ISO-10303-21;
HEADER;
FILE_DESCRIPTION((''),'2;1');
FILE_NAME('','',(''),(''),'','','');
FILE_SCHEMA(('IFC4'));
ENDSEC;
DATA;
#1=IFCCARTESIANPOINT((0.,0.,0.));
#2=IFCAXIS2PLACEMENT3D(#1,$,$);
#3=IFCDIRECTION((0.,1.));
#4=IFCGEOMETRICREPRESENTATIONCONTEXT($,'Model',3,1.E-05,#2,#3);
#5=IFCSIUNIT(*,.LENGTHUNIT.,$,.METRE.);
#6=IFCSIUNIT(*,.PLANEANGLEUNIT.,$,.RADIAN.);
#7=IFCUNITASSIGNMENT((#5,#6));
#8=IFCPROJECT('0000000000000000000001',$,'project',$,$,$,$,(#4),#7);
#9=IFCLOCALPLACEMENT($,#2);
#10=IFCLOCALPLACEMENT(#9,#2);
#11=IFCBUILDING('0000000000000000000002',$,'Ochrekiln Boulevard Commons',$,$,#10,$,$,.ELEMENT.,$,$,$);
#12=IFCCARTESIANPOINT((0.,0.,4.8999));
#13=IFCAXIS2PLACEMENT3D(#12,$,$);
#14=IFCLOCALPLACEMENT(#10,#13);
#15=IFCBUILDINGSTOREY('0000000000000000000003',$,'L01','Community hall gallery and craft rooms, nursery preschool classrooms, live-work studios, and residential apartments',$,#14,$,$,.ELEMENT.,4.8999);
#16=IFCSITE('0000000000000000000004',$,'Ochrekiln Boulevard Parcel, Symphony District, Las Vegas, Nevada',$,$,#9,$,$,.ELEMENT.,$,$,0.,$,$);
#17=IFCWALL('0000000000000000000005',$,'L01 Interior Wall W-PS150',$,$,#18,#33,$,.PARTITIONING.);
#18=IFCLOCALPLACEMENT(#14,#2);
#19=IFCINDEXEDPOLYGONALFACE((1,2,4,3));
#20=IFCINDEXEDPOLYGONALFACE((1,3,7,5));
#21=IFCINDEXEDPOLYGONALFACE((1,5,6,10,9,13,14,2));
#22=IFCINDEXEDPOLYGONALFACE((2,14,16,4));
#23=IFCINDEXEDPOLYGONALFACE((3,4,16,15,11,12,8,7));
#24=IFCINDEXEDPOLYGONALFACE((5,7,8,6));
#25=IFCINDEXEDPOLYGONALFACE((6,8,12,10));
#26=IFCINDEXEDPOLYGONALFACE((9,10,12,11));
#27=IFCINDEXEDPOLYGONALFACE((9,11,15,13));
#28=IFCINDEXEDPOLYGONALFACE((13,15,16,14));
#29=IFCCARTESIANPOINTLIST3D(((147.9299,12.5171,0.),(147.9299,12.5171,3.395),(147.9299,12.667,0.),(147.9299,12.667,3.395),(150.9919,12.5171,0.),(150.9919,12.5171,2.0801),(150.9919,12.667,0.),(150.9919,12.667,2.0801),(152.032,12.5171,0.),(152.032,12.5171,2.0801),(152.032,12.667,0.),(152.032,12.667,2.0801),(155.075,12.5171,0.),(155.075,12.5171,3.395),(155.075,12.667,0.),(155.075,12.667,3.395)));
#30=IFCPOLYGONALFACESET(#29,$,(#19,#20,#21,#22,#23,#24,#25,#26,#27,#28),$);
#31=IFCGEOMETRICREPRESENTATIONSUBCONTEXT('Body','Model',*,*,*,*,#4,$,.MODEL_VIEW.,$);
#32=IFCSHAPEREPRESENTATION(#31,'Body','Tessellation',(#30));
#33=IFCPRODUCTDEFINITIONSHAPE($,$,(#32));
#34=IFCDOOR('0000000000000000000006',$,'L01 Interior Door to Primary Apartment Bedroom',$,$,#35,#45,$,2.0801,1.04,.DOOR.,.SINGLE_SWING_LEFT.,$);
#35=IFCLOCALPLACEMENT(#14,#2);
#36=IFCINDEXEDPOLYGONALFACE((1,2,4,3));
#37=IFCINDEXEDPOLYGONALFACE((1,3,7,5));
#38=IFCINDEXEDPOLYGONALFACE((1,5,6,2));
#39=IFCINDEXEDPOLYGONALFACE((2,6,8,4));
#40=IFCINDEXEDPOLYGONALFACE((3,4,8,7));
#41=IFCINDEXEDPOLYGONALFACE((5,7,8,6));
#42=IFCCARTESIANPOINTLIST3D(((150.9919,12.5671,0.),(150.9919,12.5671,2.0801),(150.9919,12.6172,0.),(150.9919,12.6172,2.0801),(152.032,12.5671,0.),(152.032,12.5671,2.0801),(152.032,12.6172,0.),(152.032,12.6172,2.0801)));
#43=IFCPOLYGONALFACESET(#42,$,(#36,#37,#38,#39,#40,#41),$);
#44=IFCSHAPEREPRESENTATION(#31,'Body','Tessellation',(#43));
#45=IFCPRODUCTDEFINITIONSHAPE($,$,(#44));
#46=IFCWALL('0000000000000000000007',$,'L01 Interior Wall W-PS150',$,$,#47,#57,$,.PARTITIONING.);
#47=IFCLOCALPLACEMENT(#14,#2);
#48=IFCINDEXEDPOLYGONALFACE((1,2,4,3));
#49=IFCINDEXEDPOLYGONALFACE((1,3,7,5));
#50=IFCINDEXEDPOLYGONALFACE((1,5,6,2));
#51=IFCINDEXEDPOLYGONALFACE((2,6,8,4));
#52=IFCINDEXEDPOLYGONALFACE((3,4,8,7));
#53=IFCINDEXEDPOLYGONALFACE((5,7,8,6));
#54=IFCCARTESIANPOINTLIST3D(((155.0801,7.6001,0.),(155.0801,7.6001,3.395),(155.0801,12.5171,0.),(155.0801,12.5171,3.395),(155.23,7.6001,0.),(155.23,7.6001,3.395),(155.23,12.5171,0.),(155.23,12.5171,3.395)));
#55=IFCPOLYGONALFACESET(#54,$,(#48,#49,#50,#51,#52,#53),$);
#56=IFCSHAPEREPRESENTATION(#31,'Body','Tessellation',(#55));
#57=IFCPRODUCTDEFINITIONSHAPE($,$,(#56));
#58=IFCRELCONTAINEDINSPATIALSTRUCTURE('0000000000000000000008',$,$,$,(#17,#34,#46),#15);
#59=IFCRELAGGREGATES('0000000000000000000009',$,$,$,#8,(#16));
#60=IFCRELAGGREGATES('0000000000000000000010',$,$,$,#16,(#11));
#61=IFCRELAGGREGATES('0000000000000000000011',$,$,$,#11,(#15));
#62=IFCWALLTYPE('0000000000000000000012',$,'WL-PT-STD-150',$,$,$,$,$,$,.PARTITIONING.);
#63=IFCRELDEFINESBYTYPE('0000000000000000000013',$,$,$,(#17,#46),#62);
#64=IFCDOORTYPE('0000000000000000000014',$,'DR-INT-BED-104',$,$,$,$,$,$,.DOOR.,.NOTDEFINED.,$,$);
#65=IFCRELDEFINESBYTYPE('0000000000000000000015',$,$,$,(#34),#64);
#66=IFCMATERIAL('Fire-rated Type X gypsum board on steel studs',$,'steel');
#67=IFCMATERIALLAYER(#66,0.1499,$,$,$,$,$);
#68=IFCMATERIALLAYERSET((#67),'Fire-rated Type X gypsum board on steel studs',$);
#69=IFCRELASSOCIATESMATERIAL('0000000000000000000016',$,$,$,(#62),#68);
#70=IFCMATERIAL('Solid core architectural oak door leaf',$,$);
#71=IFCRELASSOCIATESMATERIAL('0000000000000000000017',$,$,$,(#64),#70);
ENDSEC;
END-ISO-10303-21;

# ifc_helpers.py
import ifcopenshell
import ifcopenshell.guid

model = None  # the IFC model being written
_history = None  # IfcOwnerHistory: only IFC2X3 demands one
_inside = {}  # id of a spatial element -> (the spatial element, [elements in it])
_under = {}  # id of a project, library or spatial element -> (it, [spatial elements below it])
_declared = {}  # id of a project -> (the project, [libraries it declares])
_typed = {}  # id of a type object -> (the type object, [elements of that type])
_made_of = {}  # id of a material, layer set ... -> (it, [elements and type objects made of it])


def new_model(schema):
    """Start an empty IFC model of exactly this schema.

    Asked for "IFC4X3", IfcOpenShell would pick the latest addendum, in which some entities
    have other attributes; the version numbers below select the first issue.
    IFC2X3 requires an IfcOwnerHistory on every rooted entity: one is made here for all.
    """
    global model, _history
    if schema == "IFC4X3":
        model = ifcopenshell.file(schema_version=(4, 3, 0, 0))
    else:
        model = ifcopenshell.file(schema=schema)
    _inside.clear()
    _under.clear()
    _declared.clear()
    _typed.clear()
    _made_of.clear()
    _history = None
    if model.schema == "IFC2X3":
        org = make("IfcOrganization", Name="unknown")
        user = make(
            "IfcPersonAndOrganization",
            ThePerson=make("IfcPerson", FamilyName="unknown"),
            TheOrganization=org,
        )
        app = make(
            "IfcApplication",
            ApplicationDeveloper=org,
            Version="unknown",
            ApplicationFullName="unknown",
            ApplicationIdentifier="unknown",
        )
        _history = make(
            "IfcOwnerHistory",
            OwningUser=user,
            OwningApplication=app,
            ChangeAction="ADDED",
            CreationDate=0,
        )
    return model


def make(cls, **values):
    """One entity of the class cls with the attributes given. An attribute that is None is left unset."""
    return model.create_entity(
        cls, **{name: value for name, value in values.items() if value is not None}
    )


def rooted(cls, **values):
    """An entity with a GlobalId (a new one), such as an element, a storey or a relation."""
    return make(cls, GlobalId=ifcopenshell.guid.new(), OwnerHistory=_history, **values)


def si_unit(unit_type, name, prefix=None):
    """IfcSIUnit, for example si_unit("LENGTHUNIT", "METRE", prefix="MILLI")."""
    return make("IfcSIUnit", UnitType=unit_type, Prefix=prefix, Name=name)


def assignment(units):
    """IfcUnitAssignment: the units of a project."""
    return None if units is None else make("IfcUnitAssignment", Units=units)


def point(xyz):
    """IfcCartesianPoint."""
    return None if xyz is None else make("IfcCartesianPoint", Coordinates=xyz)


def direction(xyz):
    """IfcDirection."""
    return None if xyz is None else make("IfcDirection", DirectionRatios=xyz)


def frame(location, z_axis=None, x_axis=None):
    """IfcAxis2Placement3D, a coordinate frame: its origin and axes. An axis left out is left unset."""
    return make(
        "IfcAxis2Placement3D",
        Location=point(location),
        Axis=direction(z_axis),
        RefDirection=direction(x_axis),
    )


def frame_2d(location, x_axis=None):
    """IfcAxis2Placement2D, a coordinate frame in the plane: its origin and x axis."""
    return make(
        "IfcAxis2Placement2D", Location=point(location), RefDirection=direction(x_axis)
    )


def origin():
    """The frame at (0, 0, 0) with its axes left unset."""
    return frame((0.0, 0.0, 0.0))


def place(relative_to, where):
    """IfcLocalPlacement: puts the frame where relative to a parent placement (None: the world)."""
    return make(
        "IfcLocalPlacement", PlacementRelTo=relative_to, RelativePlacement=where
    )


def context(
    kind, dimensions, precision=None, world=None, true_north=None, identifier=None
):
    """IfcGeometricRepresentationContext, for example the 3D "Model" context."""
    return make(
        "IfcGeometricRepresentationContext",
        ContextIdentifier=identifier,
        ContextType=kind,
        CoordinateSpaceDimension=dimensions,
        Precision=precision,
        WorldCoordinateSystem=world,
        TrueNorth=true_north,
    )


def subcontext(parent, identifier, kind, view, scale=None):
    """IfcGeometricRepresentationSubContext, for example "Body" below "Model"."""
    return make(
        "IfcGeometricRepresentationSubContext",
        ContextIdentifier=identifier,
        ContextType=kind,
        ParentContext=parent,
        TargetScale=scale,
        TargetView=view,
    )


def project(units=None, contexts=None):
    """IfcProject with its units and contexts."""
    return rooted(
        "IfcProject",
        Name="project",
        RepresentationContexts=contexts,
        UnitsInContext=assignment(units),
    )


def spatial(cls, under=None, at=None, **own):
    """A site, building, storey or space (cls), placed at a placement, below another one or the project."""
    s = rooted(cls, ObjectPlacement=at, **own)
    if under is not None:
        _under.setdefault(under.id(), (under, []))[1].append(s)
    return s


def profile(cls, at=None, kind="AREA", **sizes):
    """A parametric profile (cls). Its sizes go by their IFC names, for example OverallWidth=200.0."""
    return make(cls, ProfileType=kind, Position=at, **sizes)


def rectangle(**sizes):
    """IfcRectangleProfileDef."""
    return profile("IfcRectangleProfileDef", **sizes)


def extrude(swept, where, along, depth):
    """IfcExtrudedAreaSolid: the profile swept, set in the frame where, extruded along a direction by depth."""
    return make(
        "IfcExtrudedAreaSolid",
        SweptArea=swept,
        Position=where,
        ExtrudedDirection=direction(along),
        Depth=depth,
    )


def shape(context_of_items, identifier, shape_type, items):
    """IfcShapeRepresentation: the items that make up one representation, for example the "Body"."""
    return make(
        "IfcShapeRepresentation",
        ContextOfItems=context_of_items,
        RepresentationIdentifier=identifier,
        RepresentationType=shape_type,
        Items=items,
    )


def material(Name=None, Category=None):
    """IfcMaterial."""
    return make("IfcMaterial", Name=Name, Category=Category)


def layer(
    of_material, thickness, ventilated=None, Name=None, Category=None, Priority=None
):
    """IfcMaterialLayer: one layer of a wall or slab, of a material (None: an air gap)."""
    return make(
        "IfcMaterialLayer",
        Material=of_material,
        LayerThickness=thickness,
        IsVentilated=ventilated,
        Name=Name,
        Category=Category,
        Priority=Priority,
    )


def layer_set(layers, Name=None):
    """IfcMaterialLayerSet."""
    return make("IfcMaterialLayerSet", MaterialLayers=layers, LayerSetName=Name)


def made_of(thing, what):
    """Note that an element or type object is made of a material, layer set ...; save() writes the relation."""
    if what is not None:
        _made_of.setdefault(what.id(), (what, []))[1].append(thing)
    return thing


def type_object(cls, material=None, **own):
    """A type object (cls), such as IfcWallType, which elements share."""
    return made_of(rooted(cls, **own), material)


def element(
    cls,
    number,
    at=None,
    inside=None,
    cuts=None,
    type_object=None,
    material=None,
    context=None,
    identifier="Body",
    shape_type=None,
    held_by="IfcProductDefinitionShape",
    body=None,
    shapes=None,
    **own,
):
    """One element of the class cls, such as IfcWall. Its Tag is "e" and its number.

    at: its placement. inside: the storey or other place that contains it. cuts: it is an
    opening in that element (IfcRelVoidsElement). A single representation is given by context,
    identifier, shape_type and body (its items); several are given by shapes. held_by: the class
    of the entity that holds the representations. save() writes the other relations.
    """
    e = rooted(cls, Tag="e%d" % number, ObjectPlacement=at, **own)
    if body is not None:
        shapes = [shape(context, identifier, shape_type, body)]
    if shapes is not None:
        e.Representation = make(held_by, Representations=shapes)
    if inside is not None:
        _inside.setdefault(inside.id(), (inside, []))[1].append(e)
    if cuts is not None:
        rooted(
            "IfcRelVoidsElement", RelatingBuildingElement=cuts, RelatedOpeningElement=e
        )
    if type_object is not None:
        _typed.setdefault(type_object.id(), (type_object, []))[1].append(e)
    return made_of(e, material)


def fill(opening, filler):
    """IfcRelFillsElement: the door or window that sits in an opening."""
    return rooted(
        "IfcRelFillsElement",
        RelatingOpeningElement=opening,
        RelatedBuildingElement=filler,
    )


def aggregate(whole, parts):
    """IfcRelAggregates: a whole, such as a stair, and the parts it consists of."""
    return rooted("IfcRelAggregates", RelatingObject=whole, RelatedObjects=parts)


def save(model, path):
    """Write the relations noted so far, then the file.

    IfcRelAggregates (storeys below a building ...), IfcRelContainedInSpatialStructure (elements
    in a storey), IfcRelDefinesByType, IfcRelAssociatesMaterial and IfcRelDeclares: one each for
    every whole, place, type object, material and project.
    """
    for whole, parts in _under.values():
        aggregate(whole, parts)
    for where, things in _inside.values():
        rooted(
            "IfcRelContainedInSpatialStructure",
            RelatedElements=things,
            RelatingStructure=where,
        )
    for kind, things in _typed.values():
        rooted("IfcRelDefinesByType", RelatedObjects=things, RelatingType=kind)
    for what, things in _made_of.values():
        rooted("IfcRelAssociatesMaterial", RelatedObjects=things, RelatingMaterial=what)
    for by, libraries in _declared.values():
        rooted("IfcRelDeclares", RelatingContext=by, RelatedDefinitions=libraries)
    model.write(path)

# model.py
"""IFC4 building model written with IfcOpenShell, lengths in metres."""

from ifc_helpers import new_model, si_unit, direction, frame, frame_2d, origin, place, context, subcontext, project, spatial, rectangle, extrude, material, layer, layer_set, type_object, element, fill, save


model = new_model("IFC4")

# Units and contexts
model_context = context("Model", 3, precision=1e-05, world=origin(), true_north=direction((0.0, 1.0)))
body_context = subcontext(model_context, "Body", "Model", "MODEL_VIEW")
ifc_project = project(units=[si_unit("LENGTHUNIT", "METRE"), si_unit("PLANEANGLEUNIT", "RADIAN")], contexts=[model_context])

# Site, building, storey
site_placement = place(None, origin())
site = spatial("IfcSite", under=ifc_project, at=site_placement, Name="Ochrekiln Boulevard Parcel, Symphony District, Las Vegas, Nevada", CompositionType="ELEMENT", RefElevation=0.0)
building_placement = place(site_placement, origin())
building = spatial("IfcBuilding", under=site, at=building_placement, Name="Ochrekiln Boulevard Commons", CompositionType="ELEMENT")
storey_placement = place(building_placement, frame((0.0, 0.0, 4.8999)))
storey = spatial("IfcBuildingStorey", under=building, at=storey_placement, Name="L01", Description="Community hall gallery and craft rooms, nursery preschool classrooms, live-work studios, and residential apartments", CompositionType="ELEMENT", Elevation=4.8999)

# Wall, opening, door
ifc_material_1 = material(Name="Fire-rated Type X gypsum board on steel studs", Category="steel")
ifc_material_2 = material(Name="Solid core architectural oak door leaf")
ifc_layer_1 = layer(ifc_material_1, 0.1499)
ifc_layer_set_1 = layer_set([ifc_layer_1], Name="Fire-rated Type X gypsum board on steel studs")
wall_type_1 = type_object("IfcWallType", Name="WL-PT-STD-150", PredefinedType="PARTITIONING", material=ifc_layer_set_1)
wall_1_placement = place(storey_placement, frame((147.9299, 12.592, 0.0), z_axis=(0.0, 0.0, 1.0), x_axis=(1.0, 0.0, 0.0)))
wall_1 = element("IfcWall", 1, at=wall_1_placement, inside=storey, type_object=wall_type_1, Name="L01 Interior Wall W-PS150", PredefinedType="PARTITIONING", context=body_context, shape_type="SweptSolid", body=[
    extrude(rectangle(XDim=7.145, YDim=0.1499, at=frame_2d((3.5725, 0.0))), origin(), (0.0, 0.0, 1.0), 3.395),
])
opening_1_placement = place(wall_1_placement, frame((3.062, 0.0, 0.0)))
opening_1 = element("IfcOpeningElement", 2, at=opening_1_placement, cuts=wall_1, PredefinedType="OPENING", context=body_context, shape_type="SweptSolid", body=[
    extrude(rectangle(XDim=1.04, YDim=2.0801, at=frame_2d((0.52, 1.04))), frame((0.0, 0.085, 0.0), z_axis=(0.0, -1.0, 0.0), x_axis=(1.0, 0.0, 0.0)), (0.0, 0.0, 1.0), 0.1699),
])
door_type_1 = type_object("IfcDoorType", Name="DR-INT-BED-104", OperationType="NOTDEFINED", PredefinedType="DOOR", material=ifc_material_2)
door_1_placement = place(opening_1_placement, frame((1.04, 0.0, 0.0), z_axis=(0.0, 0.0, 1.0), x_axis=(-1.0, 0.0, 0.0)))
door_1 = element("IfcDoor", 3, at=door_1_placement, inside=storey, type_object=door_type_1, Name="L01 Interior Door to Primary Apartment Bedroom", OperationType="SINGLE_SWING_LEFT", OverallHeight=2.0801, OverallWidth=1.04, PredefinedType="DOOR", context=body_context, shape_type="SweptSolid", body=[
    extrude(rectangle(XDim=1.04, YDim=2.0801, at=frame_2d((0.52, 1.04))), frame((0.0, 0.0249, 0.0), z_axis=(0.0, -1.0, 0.0), x_axis=(1.0, 0.0, 0.0)), (0.0, 0.0, 1.0), 0.05),
])
fill(opening_1, door_1)

# Wall
wall_2_placement = place(storey_placement, frame((155.155, 7.6001, 0.0), z_axis=(0.0, 0.0, 1.0), x_axis=(0.0, 1.0, 0.0)))
element("IfcWall", 4, at=wall_2_placement, inside=storey, type_object=wall_type_1, Name="L01 Interior Wall W-PS150", PredefinedType="PARTITIONING", context=body_context, shape_type="SweptSolid", body=[
    extrude(rectangle(XDim=4.917, YDim=0.1499, at=frame_2d((2.4585, 0.0))), origin(), (0.0, 0.0, 1.0), 3.395),
])

save(model, "model.ifc")
